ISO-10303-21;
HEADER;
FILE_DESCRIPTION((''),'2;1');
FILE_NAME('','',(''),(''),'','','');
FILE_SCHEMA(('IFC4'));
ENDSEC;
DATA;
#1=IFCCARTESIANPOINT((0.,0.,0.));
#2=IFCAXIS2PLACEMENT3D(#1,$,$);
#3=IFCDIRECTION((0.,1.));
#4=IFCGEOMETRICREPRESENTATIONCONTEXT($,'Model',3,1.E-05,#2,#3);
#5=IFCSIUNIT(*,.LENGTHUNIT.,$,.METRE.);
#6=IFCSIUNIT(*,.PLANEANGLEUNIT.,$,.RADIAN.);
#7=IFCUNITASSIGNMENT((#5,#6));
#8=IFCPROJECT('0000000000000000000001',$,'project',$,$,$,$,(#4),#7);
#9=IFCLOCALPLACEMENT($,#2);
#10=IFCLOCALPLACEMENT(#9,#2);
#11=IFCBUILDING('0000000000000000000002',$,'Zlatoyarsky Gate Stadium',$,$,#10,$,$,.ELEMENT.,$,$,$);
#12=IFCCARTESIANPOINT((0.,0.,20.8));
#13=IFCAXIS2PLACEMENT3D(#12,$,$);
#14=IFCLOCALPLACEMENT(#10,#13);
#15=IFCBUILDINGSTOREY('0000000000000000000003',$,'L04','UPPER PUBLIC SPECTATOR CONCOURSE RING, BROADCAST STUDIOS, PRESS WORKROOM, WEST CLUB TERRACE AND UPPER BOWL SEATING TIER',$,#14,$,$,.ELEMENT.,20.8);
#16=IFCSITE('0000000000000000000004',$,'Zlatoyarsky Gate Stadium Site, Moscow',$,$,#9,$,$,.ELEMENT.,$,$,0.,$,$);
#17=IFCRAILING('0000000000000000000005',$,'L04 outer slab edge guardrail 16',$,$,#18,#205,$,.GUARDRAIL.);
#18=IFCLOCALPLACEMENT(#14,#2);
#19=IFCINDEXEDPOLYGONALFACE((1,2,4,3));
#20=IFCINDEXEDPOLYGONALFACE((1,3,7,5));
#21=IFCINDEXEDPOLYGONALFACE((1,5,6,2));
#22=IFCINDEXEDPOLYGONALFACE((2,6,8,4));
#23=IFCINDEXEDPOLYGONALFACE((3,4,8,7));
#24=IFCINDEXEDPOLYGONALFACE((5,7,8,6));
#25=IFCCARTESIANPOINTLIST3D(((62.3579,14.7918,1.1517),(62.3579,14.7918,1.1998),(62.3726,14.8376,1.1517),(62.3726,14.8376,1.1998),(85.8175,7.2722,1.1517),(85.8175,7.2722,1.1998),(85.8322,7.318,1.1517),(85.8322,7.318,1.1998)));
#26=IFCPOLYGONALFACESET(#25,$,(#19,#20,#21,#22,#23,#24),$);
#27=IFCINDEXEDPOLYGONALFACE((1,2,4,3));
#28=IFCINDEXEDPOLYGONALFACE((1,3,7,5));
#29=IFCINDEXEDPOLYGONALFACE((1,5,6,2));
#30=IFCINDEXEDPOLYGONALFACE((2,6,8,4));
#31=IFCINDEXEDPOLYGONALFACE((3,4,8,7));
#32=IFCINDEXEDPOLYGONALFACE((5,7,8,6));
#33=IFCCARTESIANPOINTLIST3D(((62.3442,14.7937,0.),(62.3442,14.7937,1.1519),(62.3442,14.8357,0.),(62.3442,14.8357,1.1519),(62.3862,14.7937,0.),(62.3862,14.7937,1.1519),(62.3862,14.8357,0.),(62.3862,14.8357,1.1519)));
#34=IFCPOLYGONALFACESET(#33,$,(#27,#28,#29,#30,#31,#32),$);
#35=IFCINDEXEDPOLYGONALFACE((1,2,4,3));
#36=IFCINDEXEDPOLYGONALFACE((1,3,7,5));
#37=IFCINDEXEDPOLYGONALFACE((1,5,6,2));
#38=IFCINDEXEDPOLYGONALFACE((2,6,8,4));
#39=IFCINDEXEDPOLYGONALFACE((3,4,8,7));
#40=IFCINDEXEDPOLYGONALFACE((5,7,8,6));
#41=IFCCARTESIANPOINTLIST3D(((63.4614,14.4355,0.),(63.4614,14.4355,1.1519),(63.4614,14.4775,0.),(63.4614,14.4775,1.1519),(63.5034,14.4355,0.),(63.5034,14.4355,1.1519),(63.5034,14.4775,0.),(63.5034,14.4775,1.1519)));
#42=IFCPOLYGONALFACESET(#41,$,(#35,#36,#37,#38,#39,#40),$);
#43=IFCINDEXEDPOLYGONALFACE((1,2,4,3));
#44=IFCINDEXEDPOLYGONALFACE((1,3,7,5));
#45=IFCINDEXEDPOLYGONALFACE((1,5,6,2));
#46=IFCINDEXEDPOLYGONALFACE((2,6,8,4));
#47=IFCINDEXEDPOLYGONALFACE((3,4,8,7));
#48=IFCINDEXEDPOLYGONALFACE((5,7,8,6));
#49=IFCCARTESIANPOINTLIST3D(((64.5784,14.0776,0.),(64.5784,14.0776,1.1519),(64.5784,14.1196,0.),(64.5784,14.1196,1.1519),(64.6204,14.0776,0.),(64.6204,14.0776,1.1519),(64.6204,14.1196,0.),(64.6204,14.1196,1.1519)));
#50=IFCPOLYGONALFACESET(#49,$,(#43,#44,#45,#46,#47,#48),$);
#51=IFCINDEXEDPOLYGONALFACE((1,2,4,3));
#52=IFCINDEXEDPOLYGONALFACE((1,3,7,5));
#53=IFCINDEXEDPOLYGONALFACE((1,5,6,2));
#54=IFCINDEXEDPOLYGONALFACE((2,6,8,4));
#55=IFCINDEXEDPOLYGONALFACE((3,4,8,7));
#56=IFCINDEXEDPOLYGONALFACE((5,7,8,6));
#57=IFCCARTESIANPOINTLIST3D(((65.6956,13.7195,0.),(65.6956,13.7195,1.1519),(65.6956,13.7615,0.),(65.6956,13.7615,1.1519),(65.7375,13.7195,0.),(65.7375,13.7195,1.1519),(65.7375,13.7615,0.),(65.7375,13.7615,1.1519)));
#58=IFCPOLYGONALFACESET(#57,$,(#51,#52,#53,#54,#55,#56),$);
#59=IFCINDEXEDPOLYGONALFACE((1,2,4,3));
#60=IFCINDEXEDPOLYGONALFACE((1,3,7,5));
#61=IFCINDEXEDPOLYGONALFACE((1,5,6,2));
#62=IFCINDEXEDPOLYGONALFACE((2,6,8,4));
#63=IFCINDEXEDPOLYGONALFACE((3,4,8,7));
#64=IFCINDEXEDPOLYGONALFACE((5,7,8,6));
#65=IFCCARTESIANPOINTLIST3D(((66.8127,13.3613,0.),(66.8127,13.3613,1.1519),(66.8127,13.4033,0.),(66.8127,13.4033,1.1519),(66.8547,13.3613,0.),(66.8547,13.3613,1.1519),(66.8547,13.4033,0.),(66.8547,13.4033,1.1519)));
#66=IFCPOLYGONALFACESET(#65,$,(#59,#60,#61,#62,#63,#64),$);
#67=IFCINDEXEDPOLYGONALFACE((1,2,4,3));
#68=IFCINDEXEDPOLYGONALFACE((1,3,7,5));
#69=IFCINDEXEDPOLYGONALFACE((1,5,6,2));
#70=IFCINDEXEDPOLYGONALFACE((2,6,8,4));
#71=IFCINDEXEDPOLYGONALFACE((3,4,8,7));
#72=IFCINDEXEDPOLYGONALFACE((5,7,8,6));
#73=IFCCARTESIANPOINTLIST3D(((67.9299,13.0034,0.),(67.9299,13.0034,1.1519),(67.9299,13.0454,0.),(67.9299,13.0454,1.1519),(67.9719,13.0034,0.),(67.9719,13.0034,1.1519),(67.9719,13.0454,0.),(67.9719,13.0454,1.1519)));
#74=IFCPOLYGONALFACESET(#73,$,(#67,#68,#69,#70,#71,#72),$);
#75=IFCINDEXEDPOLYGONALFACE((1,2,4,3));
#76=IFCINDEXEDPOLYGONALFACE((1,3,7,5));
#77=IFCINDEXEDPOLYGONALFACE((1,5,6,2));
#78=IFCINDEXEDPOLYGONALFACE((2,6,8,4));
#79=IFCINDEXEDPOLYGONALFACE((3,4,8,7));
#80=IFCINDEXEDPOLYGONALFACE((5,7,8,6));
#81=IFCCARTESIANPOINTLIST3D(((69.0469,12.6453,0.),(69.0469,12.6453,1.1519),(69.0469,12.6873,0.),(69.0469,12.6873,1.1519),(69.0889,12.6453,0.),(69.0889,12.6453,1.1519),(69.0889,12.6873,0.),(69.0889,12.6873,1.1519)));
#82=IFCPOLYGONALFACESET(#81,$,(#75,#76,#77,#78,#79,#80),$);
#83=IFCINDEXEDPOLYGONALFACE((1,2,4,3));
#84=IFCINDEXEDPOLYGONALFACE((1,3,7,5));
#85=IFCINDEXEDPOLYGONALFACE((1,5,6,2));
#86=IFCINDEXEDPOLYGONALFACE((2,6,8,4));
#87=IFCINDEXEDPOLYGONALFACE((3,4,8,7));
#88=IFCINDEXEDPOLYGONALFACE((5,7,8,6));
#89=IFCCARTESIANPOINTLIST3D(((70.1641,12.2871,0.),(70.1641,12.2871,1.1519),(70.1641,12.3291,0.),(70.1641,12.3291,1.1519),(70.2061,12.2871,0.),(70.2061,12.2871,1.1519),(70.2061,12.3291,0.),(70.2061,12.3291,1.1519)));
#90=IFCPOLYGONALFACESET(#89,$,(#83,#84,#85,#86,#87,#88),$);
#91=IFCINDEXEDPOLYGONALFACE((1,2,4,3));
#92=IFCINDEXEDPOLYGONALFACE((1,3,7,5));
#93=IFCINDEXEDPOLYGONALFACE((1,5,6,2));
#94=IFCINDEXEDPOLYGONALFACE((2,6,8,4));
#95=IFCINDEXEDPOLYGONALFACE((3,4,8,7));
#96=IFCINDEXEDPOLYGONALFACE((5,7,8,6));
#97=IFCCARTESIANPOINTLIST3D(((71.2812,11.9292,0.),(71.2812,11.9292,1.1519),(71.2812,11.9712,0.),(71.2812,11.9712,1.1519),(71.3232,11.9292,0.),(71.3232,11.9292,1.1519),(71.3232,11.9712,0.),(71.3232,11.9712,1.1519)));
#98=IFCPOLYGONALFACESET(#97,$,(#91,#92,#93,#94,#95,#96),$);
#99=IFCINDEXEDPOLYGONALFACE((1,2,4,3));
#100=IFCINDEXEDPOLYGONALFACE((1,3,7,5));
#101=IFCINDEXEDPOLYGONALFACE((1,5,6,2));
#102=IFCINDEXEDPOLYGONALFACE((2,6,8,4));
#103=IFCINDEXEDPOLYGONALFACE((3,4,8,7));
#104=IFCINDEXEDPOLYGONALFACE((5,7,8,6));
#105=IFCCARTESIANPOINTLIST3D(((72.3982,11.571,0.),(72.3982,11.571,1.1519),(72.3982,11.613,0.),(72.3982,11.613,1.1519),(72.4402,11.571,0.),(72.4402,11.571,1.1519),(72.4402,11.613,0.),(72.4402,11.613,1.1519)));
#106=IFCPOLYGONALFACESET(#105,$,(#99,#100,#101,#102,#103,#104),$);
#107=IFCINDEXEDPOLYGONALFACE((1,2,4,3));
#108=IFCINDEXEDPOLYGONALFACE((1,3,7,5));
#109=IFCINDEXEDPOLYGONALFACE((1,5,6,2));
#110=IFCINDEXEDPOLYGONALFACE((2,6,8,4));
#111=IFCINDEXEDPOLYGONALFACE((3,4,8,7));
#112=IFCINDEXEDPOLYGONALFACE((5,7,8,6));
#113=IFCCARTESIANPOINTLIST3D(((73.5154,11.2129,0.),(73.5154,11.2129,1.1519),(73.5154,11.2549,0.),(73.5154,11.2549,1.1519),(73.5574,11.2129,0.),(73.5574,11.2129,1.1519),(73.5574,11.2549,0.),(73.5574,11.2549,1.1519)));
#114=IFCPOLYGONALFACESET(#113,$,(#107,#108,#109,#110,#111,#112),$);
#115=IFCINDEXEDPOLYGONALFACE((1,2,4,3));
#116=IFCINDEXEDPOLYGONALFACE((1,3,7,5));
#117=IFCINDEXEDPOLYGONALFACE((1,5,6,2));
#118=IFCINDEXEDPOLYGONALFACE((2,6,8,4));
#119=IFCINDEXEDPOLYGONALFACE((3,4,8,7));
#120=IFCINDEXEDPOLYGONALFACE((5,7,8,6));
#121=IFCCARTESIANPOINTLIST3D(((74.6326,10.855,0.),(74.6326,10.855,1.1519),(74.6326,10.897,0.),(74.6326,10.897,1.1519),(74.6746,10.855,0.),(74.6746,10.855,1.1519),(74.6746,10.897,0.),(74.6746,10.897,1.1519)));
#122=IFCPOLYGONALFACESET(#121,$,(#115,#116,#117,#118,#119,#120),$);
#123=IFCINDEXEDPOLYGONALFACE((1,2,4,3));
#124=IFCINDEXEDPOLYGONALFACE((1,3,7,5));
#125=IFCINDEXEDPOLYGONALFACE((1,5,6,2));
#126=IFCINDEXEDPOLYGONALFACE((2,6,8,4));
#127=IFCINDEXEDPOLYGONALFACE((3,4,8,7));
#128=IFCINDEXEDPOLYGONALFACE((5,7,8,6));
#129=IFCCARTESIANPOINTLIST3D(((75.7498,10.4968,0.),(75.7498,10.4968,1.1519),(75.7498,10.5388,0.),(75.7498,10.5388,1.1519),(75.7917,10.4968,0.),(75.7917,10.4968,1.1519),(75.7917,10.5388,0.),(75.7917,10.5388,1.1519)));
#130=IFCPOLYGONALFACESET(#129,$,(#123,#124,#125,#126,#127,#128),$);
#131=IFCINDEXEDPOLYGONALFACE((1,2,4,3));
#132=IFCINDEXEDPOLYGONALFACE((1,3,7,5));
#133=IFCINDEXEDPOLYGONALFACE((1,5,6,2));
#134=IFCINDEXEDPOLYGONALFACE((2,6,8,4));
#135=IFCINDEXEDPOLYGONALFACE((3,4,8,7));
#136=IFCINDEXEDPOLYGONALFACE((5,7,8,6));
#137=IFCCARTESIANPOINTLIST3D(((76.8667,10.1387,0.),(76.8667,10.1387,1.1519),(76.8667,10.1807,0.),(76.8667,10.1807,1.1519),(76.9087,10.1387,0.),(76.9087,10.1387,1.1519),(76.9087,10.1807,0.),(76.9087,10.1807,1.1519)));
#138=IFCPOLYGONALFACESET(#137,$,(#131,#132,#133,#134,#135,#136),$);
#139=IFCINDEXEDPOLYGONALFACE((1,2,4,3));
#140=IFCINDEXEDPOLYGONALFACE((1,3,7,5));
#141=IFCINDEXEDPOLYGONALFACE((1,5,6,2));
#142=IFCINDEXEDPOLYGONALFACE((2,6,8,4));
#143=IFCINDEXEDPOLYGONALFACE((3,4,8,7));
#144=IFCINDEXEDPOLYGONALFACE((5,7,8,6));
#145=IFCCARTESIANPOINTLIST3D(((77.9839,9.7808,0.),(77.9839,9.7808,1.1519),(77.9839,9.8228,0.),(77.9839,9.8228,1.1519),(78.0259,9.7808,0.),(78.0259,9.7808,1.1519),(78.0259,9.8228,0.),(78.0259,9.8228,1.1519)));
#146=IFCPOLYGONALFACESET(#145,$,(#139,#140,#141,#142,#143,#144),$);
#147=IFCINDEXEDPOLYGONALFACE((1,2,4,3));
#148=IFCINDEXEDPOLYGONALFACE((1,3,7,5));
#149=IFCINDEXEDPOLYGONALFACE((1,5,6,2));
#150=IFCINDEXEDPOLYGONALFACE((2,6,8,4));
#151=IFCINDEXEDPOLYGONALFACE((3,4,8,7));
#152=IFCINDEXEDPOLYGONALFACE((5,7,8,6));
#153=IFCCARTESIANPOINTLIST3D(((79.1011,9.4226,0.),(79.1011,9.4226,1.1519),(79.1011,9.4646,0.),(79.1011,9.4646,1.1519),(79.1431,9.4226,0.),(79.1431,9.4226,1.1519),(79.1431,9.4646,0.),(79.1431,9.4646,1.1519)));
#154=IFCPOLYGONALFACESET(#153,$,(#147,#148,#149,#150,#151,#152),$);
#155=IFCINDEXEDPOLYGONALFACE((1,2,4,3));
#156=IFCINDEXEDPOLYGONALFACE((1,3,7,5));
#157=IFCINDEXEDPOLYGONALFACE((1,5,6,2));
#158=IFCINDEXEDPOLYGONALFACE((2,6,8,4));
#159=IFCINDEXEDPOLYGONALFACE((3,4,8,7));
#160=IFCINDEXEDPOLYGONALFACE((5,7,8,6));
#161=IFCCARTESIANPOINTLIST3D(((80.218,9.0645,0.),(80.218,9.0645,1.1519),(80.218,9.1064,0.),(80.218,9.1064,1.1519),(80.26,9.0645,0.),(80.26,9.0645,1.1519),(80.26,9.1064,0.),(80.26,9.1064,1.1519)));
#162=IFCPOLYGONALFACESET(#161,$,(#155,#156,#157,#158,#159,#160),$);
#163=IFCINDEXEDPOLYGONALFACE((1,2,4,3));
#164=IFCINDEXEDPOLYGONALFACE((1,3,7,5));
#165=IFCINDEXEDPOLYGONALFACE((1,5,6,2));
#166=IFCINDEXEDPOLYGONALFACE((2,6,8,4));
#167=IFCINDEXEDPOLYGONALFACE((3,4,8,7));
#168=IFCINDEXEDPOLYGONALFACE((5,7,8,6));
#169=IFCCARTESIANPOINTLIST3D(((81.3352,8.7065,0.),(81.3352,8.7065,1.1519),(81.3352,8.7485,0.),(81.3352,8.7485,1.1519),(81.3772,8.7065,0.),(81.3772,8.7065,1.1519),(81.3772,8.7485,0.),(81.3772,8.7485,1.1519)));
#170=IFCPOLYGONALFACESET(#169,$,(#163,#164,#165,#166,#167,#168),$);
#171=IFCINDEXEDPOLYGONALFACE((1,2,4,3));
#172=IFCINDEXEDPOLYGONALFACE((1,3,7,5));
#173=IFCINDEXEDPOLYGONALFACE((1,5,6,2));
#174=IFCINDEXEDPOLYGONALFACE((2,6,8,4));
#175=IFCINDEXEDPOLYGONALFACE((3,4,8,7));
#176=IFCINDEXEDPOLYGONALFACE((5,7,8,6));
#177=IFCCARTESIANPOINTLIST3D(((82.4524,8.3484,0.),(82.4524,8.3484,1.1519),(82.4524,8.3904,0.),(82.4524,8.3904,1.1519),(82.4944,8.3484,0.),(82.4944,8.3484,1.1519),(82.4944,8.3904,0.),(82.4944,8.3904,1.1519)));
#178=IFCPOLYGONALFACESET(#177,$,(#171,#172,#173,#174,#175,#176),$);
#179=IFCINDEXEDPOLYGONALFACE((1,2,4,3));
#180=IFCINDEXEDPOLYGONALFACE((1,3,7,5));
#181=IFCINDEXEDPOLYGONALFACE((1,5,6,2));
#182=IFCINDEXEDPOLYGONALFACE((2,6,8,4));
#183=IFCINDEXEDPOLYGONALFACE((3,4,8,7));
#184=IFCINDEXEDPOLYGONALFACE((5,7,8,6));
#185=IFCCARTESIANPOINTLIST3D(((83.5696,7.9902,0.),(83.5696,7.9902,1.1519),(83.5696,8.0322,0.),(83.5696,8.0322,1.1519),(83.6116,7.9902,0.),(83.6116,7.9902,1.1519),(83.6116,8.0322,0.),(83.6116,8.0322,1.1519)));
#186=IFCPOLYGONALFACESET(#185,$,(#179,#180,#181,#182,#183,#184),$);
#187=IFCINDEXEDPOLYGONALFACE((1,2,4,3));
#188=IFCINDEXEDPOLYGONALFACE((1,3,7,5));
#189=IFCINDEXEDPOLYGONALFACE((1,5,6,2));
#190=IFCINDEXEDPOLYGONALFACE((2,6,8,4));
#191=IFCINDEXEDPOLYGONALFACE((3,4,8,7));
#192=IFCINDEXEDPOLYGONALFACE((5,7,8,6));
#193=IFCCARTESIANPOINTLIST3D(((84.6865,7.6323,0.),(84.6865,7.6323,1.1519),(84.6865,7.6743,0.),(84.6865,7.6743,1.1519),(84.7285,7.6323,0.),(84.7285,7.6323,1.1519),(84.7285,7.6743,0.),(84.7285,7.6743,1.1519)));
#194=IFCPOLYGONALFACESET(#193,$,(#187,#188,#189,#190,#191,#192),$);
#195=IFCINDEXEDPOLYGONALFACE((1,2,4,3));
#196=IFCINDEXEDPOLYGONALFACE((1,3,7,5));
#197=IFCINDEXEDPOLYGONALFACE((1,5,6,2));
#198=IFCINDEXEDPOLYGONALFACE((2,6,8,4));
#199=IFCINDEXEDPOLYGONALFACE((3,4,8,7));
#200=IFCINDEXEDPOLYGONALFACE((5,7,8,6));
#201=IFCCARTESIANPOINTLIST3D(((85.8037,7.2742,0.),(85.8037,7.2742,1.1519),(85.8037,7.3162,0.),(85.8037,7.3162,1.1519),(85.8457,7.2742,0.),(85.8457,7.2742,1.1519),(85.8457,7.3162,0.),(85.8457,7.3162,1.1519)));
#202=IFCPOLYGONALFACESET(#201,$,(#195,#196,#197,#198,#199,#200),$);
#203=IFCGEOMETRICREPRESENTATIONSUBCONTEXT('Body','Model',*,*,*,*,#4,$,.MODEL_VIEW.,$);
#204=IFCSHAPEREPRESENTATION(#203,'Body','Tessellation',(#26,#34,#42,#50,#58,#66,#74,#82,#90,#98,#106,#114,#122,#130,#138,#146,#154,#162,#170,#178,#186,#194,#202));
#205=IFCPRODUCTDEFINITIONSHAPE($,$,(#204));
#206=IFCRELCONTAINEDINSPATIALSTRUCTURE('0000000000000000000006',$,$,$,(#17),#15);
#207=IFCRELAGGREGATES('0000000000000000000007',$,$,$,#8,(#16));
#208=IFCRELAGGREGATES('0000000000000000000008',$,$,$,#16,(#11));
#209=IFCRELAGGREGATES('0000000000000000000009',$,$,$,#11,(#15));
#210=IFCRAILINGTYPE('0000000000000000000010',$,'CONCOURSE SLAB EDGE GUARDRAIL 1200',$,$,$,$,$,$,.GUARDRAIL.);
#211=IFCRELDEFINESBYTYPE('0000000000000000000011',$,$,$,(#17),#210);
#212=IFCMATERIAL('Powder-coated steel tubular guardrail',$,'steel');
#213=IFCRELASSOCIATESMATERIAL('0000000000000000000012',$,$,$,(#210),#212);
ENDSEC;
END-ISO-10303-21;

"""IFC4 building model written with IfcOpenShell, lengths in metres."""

from ifc_helpers import new_model, si_unit, direction, frame, origin, origin_2d, place, context, subcontext, project, spatial, rectangle, extrude, material, type_object, element, save


model = new_model("IFC4")

# Units and contexts
model_context = context("Model", 3, precision=1e-05, world=origin(), true_north=direction((0.0, 1.0)))
body_context = subcontext(model_context, "Body", "Model", "MODEL_VIEW")
ifc_project = project(units=[si_unit("LENGTHUNIT", "METRE"), si_unit("PLANEANGLEUNIT", "RADIAN")], contexts=[model_context])

# Site, building, storey
site_placement = place(None, origin())
site = spatial("IfcSite", under=ifc_project, at=site_placement, Name="Zlatoyarsky Gate Stadium Site, Moscow", CompositionType="ELEMENT", RefElevation=0.0)
building_placement = place(site_placement, origin())
building = spatial("IfcBuilding", under=site, at=building_placement, Name="Zlatoyarsky Gate Stadium", CompositionType="ELEMENT")
storey_placement = place(building_placement, frame((0.0, 0.0, 20.8)))
storey = spatial("IfcBuildingStorey", under=building, at=storey_placement, Name="L04", Description="UPPER PUBLIC SPECTATOR CONCOURSE RING, BROADCAST STUDIOS, PRESS WORKROOM, WEST CLUB TERRACE AND UPPER BOWL SEATING TIER", CompositionType="ELEMENT", Elevation=20.8)

# Railing
ifc_material_1 = material(Name="Powder-coated steel tubular guardrail", Category="steel")
railing_type = type_object("IfcRailingType", Name="CONCOURSE SLAB EDGE GUARDRAIL 1200", PredefinedType="GUARDRAIL", material=ifc_material_1)
railing_placement = place(storey_placement, frame((62.3652, 14.8147, 0.0)))
element("IfcRailing", 1, at=railing_placement, inside=storey, type_object=railing_type, Name="L04 outer slab edge guardrail 16", PredefinedType="GUARDRAIL", context=body_context, shape_type="SweptSolid", body=[
    extrude(rectangle(XDim=0.0481, YDim=0.0481, at=origin_2d()), frame((0.0, 0.0, 1.1758), z_axis=(0.952277, -0.305236, 0.0), x_axis=(0.305236, 0.952277, 0.0)), (0.0, 0.0, 1.0), 24.6353),
    extrude(rectangle(XDim=0.042, YDim=0.042, at=origin_2d()), origin(), (0.0, 0.0, 1.0), 1.1519),
    extrude(rectangle(XDim=0.042, YDim=0.042, at=origin_2d()), frame((1.1172, -0.3582, 0.0)), (0.0, 0.0, 1.0), 1.1519),
    extrude(rectangle(XDim=0.042, YDim=0.042, at=origin_2d()), frame((2.2341, -0.7161, 0.0)), (0.0, 0.0, 1.0), 1.1519),
    extrude(rectangle(XDim=0.042, YDim=0.042, at=origin_2d()), frame((3.3513, -1.0742, 0.0)), (0.0, 0.0, 1.0), 1.1519),
    extrude(rectangle(XDim=0.042, YDim=0.042, at=origin_2d()), frame((4.4685, -1.4324, 0.0)), (0.0, 0.0, 1.0), 1.1519),
    extrude(rectangle(XDim=0.042, YDim=0.042, at=origin_2d()), frame((5.5857, -1.7903, 0.0)), (0.0, 0.0, 1.0), 1.1519),
    extrude(rectangle(XDim=0.042, YDim=0.042, at=origin_2d()), frame((6.7026, -2.1484, 0.0)), (0.0, 0.0, 1.0), 1.1519),
    extrude(rectangle(XDim=0.042, YDim=0.042, at=origin_2d()), frame((7.8198, -2.5066, 0.0)), (0.0, 0.0, 1.0), 1.1519),
    extrude(rectangle(XDim=0.042, YDim=0.042, at=origin_2d()), frame((8.937, -2.8645, 0.0)), (0.0, 0.0, 1.0), 1.1519),
    extrude(rectangle(XDim=0.042, YDim=0.042, at=origin_2d()), frame((10.054, -3.2227, 0.0)), (0.0, 0.0, 1.0), 1.1519),
    extrude(rectangle(XDim=0.042, YDim=0.042, at=origin_2d()), frame((11.1711, -3.5808, 0.0)), (0.0, 0.0, 1.0), 1.1519),
    extrude(rectangle(XDim=0.042, YDim=0.042, at=origin_2d()), frame((12.2883, -3.9387, 0.0)), (0.0, 0.0, 1.0), 1.1519),
    extrude(rectangle(XDim=0.042, YDim=0.042, at=origin_2d()), frame((13.4055, -4.2969, 0.0)), (0.0, 0.0, 1.0), 1.1519),
    extrude(rectangle(XDim=0.042, YDim=0.042, at=origin_2d()), frame((14.5225, -4.655, 0.0)), (0.0, 0.0, 1.0), 1.1519),
    extrude(rectangle(XDim=0.042, YDim=0.042, at=origin_2d()), frame((15.6396, -5.0129, 0.0)), (0.0, 0.0, 1.0), 1.1519),
    extrude(rectangle(XDim=0.042, YDim=0.042, at=origin_2d()), frame((16.7568, -5.3711, 0.0)), (0.0, 0.0, 1.0), 1.1519),
    extrude(rectangle(XDim=0.042, YDim=0.042, at=origin_2d()), frame((17.8738, -5.7292, 0.0)), (0.0, 0.0, 1.0), 1.1519),
    extrude(rectangle(XDim=0.042, YDim=0.042, at=origin_2d()), frame((18.991, -6.0872, 0.0)), (0.0, 0.0, 1.0), 1.1519),
    extrude(rectangle(XDim=0.042, YDim=0.042, at=origin_2d()), frame((20.1082, -6.4453, 0.0)), (0.0, 0.0, 1.0), 1.1519),
    extrude(rectangle(XDim=0.042, YDim=0.042, at=origin_2d()), frame((21.2253, -6.8035, 0.0)), (0.0, 0.0, 1.0), 1.1519),
    extrude(rectangle(XDim=0.042, YDim=0.042, at=origin_2d()), frame((22.3423, -7.1614, 0.0)), (0.0, 0.0, 1.0), 1.1519),
    extrude(rectangle(XDim=0.042, YDim=0.042, at=origin_2d()), frame((23.4595, -7.5195, 0.0)), (0.0, 0.0, 1.0), 1.1519),
])

save(model, "model.ifc")
